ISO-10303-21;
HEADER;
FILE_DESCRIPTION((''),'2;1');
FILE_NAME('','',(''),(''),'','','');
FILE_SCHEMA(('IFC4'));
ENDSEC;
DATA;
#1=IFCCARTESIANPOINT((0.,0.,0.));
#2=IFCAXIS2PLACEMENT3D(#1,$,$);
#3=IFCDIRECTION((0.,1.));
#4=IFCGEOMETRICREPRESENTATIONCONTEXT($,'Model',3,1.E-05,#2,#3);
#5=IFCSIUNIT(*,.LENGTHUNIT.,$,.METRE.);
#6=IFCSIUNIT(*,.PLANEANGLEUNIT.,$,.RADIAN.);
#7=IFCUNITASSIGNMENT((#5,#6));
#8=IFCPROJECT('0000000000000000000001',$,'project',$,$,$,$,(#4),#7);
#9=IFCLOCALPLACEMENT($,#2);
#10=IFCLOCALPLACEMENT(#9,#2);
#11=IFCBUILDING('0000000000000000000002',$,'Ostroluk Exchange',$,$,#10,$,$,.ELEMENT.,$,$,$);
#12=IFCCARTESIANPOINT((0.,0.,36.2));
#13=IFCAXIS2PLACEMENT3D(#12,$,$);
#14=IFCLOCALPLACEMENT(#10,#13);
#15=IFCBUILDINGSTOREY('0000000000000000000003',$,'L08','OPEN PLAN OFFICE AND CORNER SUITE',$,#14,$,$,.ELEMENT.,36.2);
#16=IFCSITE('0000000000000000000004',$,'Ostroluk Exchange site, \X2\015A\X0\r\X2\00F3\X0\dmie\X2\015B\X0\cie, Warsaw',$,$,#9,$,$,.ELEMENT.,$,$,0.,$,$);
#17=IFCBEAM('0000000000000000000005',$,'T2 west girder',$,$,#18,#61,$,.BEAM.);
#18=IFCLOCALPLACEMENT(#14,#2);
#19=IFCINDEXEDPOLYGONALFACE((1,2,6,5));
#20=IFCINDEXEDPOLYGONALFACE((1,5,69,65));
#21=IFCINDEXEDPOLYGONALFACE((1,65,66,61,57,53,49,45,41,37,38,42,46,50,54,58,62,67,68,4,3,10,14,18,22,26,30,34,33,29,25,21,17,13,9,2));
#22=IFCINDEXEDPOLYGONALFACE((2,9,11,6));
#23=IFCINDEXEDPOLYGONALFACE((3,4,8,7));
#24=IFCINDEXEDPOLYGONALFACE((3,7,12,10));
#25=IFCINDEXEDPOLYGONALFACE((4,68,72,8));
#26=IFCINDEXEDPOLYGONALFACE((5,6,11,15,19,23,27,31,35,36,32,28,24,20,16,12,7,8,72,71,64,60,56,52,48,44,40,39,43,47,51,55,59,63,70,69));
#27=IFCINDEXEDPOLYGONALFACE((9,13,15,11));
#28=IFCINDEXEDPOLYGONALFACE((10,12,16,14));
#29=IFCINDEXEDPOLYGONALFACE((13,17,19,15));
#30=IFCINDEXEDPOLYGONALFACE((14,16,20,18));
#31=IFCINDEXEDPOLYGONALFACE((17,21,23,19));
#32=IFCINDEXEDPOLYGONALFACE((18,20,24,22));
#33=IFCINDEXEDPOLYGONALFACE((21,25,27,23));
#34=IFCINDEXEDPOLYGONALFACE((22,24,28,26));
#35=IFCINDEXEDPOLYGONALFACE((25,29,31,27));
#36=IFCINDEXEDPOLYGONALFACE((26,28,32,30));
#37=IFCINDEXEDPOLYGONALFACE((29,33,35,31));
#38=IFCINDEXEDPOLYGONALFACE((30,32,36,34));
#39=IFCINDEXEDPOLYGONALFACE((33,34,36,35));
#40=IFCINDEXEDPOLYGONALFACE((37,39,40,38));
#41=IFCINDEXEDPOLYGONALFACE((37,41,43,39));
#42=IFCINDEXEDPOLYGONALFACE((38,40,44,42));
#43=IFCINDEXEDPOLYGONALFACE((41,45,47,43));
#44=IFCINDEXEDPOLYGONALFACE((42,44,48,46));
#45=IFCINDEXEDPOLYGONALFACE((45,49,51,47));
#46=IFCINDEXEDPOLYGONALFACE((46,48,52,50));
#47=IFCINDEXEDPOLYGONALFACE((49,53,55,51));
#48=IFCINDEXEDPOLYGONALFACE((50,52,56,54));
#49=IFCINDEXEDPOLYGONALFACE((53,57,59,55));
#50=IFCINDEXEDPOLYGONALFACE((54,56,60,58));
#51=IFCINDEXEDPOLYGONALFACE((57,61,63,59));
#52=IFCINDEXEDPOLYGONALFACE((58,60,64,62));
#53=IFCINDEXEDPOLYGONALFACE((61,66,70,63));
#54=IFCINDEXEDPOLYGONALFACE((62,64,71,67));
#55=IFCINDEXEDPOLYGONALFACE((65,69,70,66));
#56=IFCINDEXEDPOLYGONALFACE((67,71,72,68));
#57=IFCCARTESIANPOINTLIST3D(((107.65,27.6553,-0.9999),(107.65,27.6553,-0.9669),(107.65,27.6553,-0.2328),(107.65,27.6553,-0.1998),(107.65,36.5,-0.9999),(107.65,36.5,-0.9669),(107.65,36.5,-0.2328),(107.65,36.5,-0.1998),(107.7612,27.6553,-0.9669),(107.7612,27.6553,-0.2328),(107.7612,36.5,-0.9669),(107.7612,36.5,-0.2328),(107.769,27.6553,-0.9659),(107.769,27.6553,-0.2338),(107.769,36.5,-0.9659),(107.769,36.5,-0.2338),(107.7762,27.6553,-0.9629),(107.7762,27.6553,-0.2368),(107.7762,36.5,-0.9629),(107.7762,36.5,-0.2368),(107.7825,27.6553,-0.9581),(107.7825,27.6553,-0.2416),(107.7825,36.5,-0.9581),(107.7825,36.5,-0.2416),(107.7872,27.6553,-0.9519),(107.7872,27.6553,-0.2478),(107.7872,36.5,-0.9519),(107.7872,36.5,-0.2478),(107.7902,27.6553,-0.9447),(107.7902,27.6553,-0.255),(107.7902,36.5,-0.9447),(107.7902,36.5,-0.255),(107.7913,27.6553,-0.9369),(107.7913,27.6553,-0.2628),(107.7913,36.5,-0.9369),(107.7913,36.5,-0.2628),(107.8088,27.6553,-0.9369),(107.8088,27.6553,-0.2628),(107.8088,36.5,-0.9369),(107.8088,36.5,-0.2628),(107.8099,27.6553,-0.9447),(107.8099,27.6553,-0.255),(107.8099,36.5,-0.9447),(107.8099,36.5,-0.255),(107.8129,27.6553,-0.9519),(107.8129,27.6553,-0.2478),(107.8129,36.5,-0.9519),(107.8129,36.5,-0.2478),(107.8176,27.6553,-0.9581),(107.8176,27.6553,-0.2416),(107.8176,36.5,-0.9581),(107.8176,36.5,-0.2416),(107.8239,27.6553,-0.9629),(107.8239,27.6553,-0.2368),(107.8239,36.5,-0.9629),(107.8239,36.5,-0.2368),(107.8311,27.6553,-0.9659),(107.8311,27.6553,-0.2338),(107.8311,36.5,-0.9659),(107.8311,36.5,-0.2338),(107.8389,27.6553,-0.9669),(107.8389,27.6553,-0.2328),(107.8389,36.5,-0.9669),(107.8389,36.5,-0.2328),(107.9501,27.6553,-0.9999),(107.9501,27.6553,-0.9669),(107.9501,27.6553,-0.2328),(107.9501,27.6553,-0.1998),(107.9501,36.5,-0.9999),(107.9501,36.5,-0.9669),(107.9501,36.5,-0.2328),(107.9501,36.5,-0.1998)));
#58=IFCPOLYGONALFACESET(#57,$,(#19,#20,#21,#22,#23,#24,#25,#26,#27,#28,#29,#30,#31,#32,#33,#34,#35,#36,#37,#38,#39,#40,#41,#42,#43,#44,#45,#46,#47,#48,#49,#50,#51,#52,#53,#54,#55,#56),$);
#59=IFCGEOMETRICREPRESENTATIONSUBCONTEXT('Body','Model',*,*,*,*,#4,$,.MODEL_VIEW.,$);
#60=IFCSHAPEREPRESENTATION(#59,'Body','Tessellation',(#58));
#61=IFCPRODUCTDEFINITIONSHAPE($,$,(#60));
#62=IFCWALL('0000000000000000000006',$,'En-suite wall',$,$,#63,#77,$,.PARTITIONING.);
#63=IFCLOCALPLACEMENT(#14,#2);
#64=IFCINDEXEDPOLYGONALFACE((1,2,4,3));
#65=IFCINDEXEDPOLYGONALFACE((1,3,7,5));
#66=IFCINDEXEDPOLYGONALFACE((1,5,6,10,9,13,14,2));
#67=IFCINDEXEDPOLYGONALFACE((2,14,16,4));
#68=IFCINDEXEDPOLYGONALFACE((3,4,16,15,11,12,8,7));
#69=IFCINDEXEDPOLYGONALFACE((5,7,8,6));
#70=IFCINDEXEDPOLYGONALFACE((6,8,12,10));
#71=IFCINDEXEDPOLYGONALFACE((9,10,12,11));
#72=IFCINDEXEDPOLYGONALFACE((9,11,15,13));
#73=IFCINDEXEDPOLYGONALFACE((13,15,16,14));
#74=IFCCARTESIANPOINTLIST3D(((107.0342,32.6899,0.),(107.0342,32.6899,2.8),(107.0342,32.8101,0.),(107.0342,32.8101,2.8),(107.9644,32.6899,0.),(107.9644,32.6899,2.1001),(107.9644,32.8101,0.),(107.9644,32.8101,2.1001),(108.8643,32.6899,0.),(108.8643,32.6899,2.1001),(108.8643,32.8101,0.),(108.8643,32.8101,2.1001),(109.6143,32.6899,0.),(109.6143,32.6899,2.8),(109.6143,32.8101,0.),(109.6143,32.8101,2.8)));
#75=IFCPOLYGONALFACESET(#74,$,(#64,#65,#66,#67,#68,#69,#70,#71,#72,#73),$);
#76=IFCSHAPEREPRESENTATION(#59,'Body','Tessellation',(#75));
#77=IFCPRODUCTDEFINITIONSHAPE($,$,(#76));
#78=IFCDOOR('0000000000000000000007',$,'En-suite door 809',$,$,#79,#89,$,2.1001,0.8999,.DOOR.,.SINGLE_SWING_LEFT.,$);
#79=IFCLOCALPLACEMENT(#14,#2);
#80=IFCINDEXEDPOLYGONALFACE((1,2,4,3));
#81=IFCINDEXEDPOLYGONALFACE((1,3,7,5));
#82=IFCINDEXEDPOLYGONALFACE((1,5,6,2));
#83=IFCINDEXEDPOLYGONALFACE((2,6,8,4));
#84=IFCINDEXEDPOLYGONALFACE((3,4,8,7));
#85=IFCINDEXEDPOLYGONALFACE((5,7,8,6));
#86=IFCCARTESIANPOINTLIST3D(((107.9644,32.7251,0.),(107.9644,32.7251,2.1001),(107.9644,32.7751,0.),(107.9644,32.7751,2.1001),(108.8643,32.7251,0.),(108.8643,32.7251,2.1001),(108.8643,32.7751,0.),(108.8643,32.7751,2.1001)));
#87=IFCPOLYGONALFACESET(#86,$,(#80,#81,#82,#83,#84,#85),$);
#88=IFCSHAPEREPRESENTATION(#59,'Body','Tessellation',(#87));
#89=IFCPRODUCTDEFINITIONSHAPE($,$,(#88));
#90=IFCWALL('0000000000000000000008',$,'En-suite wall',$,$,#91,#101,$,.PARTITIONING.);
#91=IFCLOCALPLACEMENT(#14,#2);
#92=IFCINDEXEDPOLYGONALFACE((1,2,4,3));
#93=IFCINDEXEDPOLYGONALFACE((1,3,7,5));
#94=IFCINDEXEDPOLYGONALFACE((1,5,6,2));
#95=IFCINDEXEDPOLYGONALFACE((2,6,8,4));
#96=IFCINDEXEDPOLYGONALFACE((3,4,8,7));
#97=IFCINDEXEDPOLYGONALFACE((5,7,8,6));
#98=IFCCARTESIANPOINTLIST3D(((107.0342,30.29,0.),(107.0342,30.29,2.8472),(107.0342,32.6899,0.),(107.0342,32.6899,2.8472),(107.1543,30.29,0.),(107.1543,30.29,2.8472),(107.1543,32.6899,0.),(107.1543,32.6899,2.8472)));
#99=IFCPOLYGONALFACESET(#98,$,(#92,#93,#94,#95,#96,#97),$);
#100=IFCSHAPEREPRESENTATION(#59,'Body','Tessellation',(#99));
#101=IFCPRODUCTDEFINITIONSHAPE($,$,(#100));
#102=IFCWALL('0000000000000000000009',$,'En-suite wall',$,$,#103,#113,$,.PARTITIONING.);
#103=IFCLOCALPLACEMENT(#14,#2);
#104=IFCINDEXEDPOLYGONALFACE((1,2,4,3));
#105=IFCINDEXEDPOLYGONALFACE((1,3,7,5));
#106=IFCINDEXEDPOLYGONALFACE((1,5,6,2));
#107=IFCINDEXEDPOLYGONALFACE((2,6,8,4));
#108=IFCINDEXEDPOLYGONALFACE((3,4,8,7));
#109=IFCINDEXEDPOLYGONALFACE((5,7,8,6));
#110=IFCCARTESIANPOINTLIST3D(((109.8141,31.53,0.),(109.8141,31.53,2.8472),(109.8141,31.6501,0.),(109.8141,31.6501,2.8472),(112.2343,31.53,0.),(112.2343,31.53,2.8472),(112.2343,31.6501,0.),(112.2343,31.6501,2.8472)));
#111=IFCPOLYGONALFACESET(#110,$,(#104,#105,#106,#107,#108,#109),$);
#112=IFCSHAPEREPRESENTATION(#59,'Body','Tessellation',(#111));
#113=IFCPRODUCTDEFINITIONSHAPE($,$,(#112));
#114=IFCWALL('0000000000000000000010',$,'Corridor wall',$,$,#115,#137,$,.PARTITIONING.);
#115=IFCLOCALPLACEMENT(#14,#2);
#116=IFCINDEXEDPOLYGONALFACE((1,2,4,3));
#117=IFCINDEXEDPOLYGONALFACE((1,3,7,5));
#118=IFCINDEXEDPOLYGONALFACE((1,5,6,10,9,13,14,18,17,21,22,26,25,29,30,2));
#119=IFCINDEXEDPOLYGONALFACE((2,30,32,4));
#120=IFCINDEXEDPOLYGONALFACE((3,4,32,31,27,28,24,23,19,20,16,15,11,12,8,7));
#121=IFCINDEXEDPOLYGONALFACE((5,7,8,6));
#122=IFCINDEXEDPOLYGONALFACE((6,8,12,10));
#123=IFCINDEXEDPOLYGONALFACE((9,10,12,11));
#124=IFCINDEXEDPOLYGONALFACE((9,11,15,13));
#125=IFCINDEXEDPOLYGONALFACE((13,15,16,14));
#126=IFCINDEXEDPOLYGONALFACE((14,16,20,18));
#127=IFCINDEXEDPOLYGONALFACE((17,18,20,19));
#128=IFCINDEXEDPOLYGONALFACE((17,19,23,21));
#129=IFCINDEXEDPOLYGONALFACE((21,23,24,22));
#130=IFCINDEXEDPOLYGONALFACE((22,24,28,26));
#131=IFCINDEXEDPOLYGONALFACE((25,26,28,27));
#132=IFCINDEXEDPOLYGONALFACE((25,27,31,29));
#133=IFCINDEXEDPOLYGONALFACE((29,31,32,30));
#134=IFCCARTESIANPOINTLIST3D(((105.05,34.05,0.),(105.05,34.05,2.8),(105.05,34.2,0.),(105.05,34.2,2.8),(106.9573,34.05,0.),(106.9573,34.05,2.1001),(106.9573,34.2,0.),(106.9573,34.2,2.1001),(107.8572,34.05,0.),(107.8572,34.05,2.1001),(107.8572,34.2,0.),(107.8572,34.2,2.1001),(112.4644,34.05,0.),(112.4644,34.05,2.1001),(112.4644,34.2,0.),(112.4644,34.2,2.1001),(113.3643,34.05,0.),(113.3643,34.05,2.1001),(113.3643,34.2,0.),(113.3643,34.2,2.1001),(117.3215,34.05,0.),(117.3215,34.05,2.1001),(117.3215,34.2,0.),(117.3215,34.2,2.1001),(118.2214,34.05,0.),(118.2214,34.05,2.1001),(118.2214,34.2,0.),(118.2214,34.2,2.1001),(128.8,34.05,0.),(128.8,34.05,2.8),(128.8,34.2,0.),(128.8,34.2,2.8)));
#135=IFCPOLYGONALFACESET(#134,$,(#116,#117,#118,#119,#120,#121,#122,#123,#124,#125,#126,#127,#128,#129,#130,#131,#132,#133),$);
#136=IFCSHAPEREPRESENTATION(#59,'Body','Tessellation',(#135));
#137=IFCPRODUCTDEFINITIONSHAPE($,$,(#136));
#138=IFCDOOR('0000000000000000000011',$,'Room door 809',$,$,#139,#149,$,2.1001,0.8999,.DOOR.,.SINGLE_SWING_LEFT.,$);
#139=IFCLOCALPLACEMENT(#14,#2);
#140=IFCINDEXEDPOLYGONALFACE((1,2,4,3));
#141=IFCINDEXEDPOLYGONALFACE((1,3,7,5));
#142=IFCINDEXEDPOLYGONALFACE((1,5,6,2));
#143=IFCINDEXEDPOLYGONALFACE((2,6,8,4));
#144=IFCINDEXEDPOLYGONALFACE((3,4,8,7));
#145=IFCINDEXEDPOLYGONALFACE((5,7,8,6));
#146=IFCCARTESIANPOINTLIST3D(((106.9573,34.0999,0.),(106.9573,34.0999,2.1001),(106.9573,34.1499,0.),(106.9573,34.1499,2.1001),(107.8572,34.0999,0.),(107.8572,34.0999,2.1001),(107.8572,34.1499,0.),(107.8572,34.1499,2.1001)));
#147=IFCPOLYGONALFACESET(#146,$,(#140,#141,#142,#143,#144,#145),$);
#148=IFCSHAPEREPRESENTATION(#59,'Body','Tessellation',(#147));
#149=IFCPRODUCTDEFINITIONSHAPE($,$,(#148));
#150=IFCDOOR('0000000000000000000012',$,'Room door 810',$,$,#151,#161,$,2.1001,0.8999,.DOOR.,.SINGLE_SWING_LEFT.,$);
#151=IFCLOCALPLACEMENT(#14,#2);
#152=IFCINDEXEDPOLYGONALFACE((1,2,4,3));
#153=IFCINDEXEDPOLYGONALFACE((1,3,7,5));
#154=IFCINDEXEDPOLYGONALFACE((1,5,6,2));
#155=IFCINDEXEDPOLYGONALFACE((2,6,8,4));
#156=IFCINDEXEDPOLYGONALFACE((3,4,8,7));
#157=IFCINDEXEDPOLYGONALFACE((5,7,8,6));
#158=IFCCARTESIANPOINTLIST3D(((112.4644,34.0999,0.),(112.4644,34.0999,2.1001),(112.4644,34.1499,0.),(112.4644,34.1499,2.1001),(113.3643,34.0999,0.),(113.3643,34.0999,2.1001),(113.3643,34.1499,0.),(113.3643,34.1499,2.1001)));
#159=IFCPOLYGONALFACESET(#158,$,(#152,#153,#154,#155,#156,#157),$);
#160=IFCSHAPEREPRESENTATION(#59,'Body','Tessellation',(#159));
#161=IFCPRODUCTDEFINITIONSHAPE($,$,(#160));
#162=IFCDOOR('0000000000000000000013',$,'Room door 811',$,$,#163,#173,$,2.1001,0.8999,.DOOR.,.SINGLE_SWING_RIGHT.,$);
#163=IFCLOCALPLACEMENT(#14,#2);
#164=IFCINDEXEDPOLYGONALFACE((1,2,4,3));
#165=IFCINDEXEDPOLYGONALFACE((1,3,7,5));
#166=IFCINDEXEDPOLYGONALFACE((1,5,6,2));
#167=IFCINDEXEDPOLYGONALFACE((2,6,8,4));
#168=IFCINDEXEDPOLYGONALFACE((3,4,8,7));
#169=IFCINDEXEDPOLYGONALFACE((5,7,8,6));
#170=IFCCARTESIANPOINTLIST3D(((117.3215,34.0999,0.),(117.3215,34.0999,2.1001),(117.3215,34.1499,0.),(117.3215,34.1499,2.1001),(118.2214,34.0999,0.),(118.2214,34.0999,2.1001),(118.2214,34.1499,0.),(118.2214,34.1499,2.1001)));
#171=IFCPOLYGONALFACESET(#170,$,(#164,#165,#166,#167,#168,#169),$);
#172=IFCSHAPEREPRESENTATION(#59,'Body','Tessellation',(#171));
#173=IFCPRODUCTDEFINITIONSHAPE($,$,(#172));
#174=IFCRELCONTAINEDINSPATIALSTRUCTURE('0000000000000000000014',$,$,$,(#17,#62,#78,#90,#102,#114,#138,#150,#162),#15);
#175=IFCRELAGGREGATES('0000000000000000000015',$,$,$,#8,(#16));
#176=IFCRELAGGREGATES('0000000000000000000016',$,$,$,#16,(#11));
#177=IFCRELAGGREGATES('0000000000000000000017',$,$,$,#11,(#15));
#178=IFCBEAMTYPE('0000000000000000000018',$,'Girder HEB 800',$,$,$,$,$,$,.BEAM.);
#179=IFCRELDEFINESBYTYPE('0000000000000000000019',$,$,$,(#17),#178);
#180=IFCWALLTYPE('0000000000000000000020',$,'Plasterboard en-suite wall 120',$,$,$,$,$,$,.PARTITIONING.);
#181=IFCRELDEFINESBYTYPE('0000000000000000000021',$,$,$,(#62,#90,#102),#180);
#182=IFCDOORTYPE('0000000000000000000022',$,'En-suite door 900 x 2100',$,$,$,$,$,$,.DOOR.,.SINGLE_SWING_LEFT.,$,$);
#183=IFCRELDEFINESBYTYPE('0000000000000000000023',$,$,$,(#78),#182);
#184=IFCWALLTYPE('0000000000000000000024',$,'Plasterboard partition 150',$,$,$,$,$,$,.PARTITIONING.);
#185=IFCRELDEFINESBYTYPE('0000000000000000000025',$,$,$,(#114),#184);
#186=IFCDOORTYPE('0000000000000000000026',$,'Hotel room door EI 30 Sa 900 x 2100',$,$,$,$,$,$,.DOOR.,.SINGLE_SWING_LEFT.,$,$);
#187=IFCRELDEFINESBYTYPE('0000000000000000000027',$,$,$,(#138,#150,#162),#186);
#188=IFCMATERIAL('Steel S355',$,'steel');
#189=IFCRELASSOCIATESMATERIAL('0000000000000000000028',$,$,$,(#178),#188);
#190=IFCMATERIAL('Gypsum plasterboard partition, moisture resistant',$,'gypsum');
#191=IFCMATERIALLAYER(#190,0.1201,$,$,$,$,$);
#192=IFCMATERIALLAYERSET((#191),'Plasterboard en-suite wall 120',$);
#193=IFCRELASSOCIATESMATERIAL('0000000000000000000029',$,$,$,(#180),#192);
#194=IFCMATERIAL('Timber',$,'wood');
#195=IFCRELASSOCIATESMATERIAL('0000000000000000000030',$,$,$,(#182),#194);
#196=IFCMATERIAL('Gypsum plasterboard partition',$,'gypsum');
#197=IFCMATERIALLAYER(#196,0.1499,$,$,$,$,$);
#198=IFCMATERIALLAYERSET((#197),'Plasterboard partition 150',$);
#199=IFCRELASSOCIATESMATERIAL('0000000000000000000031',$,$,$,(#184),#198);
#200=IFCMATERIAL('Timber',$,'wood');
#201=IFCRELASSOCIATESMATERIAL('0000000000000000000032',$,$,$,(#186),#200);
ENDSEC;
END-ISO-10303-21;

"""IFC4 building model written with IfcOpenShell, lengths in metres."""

from ifc_helpers import new_model, si_unit, direction, frame, frame_2d, origin, origin_2d, place, context, subcontext, project, spatial, rectangle, i_section, extrude, material, layer, layer_set, material_profile, profile_set, type_object, element, fill, save


model = new_model("IFC4")

# Units and contexts
model_context = context("Model", 3, precision=1e-05, world=origin(), true_north=direction((0.0, 1.0)))
body_context = subcontext(model_context, "Body", "Model", "MODEL_VIEW")
ifc_project = project(units=[si_unit("LENGTHUNIT", "METRE"), si_unit("PLANEANGLEUNIT", "RADIAN")], contexts=[model_context])

# Site, building, storey
site_placement = place(None, origin())
site = spatial("IfcSite", under=ifc_project, at=site_placement, Name="Ostroluk Exchange site, Śródmieście, Warsaw", CompositionType="ELEMENT", RefElevation=0.0)
building_placement = place(site_placement, origin())
building = spatial("IfcBuilding", under=site, at=building_placement, Name="Ostroluk Exchange", CompositionType="ELEMENT")
storey_placement = place(building_placement, frame((0.0, 0.0, 36.2)))
storey = spatial("IfcBuildingStorey", under=building, at=storey_placement, Name="L08", Description="OPEN PLAN OFFICE AND CORNER SUITE", CompositionType="ELEMENT", Elevation=36.2)

# Beam
ifc_material_1 = material(Name="Steel S355", Category="steel")
ifc_material_profile_1 = material_profile(ifc_material_1, i_section(OverallWidth=0.3, OverallDepth=0.8, WebThickness=0.0176, FlangeThickness=0.033, FilletRadius=0.03, at=origin_2d()), Name="HEB 800")
ifc_profile_set_1 = profile_set([ifc_material_profile_1], Name="Steel S355")
beam_type_1 = type_object("IfcBeamType", Name="Girder HEB 800", PredefinedType="BEAM", material=ifc_profile_set_1)
beam_1_placement = place(storey_placement, frame((107.8, 36.5, -0.5999), z_axis=(0.0, -1.0, 0.0), x_axis=(1.0, 0.0, 0.0)))
element("IfcBeam", 1, at=beam_1_placement, inside=storey, type_object=beam_type_1, Name="T2 west girder", PredefinedType="BEAM", context=body_context, shape_type="SweptSolid", body=[
    extrude(i_section(OverallWidth=0.3, OverallDepth=0.8, WebThickness=0.0176, FlangeThickness=0.033, FilletRadius=0.03, at=origin_2d()), origin(), (0.0, 0.0, 1.0), 8.8447),
])

# Wall, opening, door
ifc_material_2 = material(Name="Gypsum plasterboard partition, moisture resistant", Category="gypsum")
ifc_layer_1 = layer(ifc_material_2, 0.1201)
ifc_layer_set_1 = layer_set([ifc_layer_1], Name="Plasterboard en-suite wall 120")
wall_type_1 = type_object("IfcWallType", Name="Plasterboard en-suite wall 120", PredefinedType="PARTITIONING", material=ifc_layer_set_1)
wall_1_placement = place(storey_placement, frame((109.6143, 32.75, 0.0), z_axis=(0.0, 0.0, 1.0), x_axis=(-1.0, 0.0, 0.0)))
wall_1 = element("IfcWall", 2, at=wall_1_placement, inside=storey, type_object=wall_type_1, Name="En-suite wall", PredefinedType="PARTITIONING", context=body_context, shape_type="SweptSolid", body=[
    extrude(rectangle(XDim=2.5801, YDim=0.1201, at=frame_2d((1.29, 0.0))), origin(), (0.0, 0.0, 1.0), 2.8),
])
opening_1_placement = place(wall_1_placement, frame((0.75, 0.0, 0.0)))
opening_1 = element("IfcOpeningElement", 3, at=opening_1_placement, cuts=wall_1, PredefinedType="OPENING", context=body_context, shape_type="SweptSolid", body=[
    extrude(rectangle(XDim=0.8999, YDim=2.1001, at=frame_2d((0.45, 1.05))), frame((0.0, 0.0701, 0.0), z_axis=(0.0, -1.0, 0.0), x_axis=(1.0, 0.0, 0.0)), (0.0, 0.0, 1.0), 0.1401),
])
ifc_material_3 = material(Name="Timber", Category="wood")
door_type_1 = type_object("IfcDoorType", Name="En-suite door 900 x 2100", OperationType="SINGLE_SWING_LEFT", PredefinedType="DOOR", material=ifc_material_3)
door_1_placement = place(opening_1_placement, origin())
door_1 = element("IfcDoor", 4, at=door_1_placement, inside=storey, type_object=door_type_1, Name="En-suite door 809", OperationType="SINGLE_SWING_LEFT", OverallHeight=2.1001, OverallWidth=0.8999, PredefinedType="DOOR", context=body_context, shape_type="SweptSolid", body=[
    extrude(rectangle(XDim=0.8999, YDim=2.1001, at=frame_2d((0.45, 1.05))), frame((0.0, 0.0249, 0.0), z_axis=(0.0, -1.0, 0.0), x_axis=(1.0, 0.0, 0.0)), (0.0, 0.0, 1.0), 0.05),
])
fill(opening_1, door_1)

# Walls
wall_2_placement = place(storey_placement, frame((107.0942, 32.6899, 0.0), z_axis=(0.0, 0.0, 1.0), x_axis=(0.0, -1.0, 0.0)))
element("IfcWall", 5, at=wall_2_placement, inside=storey, type_object=wall_type_1, Name="En-suite wall", PredefinedType="PARTITIONING", context=body_context, shape_type="SweptSolid", body=[
    extrude(rectangle(XDim=2.3999, YDim=0.1201, at=frame_2d((1.2, 0.0))), origin(), (0.0, 0.0, 1.0), 2.8472),
])
wall_3_placement = place(storey_placement, frame((109.8142, 31.5901, 0.0), z_axis=(0.0, 0.0, 1.0), x_axis=(1.0, 0.0, 0.0)))
element("IfcWall", 6, at=wall_3_placement, inside=storey, type_object=wall_type_1, Name="En-suite wall", PredefinedType="PARTITIONING", context=body_context, shape_type="SweptSolid", body=[
    extrude(rectangle(XDim=2.4202, YDim=0.1201, at=frame_2d((1.21, 0.0))), origin(), (0.0, 0.0, 1.0), 2.8472),
])

# Wall, openings, doors
ifc_material_4 = material(Name="Gypsum plasterboard partition", Category="gypsum")
ifc_layer_2 = layer(ifc_material_4, 0.1499)
ifc_layer_set_2 = layer_set([ifc_layer_2], Name="Plasterboard partition 150")
wall_type_2 = type_object("IfcWallType", Name="Plasterboard partition 150", PredefinedType="PARTITIONING", material=ifc_layer_set_2)
wall_4_placement = place(storey_placement, frame((105.05, 34.125, 0.0), z_axis=(0.0, 0.0, 1.0), x_axis=(1.0, 0.0, 0.0)))
wall_4 = element("IfcWall", 7, at=wall_4_placement, inside=storey, type_object=wall_type_2, Name="Corridor wall", PredefinedType="PARTITIONING", context=body_context, shape_type="SweptSolid", body=[
    extrude(rectangle(XDim=23.75, YDim=0.1499, at=frame_2d((11.875, 0.0))), origin(), (0.0, 0.0, 1.0), 2.8),
])
opening_2_placement = place(wall_4_placement, frame((1.9072, 0.0, 0.0)))
opening_2 = element("IfcOpeningElement", 8, at=opening_2_placement, cuts=wall_4, PredefinedType="OPENING", context=body_context, shape_type="SweptSolid", body=[
    extrude(rectangle(XDim=0.8999, YDim=2.1001, at=frame_2d((0.45, 1.05))), frame((0.0, 0.085, 0.0), z_axis=(0.0, -1.0, 0.0), x_axis=(1.0, 0.0, 0.0)), (0.0, 0.0, 1.0), 0.1699),
])
opening_3_placement = place(wall_4_placement, frame((7.4143, 0.0, 0.0)))
opening_3 = element("IfcOpeningElement", 9, at=opening_3_placement, cuts=wall_4, PredefinedType="OPENING", context=body_context, shape_type="SweptSolid", body=[
    extrude(rectangle(XDim=0.8999, YDim=2.1001, at=frame_2d((0.45, 1.05))), frame((0.0, 0.085, 0.0), z_axis=(0.0, -1.0, 0.0), x_axis=(1.0, 0.0, 0.0)), (0.0, 0.0, 1.0), 0.1699),
])
opening_4_placement = place(wall_4_placement, frame((12.2715, 0.0, 0.0)))
opening_4 = element("IfcOpeningElement", 10, at=opening_4_placement, cuts=wall_4, PredefinedType="OPENING", context=body_context, shape_type="SweptSolid", body=[
    extrude(rectangle(XDim=0.8999, YDim=2.1001, at=frame_2d((0.45, 1.05))), frame((0.0, 0.085, 0.0), z_axis=(0.0, -1.0, 0.0), x_axis=(1.0, 0.0, 0.0)), (0.0, 0.0, 1.0), 0.1699),
])
ifc_material_5 = material(Name="Timber", Category="wood")
door_type_2 = type_object("IfcDoorType", Name="Hotel room door EI 30 Sa 900 x 2100", OperationType="SINGLE_SWING_LEFT", PredefinedType="DOOR", material=ifc_material_5)
door_2_placement = place(opening_2_placement, origin())
door_2 = element("IfcDoor", 11, at=door_2_placement, inside=storey, type_object=door_type_2, Name="Room door 809", OperationType="SINGLE_SWING_LEFT", OverallHeight=2.1001, OverallWidth=0.8999, PredefinedType="DOOR", context=body_context, shape_type="SweptSolid", body=[
    extrude(rectangle(XDim=0.8999, YDim=2.1001, at=frame_2d((0.45, 1.05))), frame((0.0, 0.0249, 0.0), z_axis=(0.0, -1.0, 0.0), x_axis=(1.0, 0.0, 0.0)), (0.0, 0.0, 1.0), 0.05),
])
fill(opening_2, door_2)
door_3_placement = place(opening_3_placement, origin())
door_3 = element("IfcDoor", 12, at=door_3_placement, inside=storey, type_object=door_type_2, Name="Room door 810", OperationType="SINGLE_SWING_LEFT", OverallHeight=2.1001, OverallWidth=0.8999, PredefinedType="DOOR", context=body_context, shape_type="SweptSolid", body=[
    extrude(rectangle(XDim=0.8999, YDim=2.1001, at=frame_2d((0.45, 1.05))), frame((0.0, 0.0249, 0.0), z_axis=(0.0, -1.0, 0.0), x_axis=(1.0, 0.0, 0.0)), (0.0, 0.0, 1.0), 0.05),
])
fill(opening_3, door_3)
door_4_placement = place(opening_4_placement, origin())
door_4 = element("IfcDoor", 13, at=door_4_placement, inside=storey, type_object=door_type_2, Name="Room door 811", OperationType="SINGLE_SWING_RIGHT", OverallHeight=2.1001, OverallWidth=0.8999, PredefinedType="DOOR", context=body_context, shape_type="SweptSolid", body=[
    extrude(rectangle(XDim=0.8999, YDim=2.1001, at=frame_2d((0.45, 1.05))), frame((0.0, 0.0249, 0.0), z_axis=(0.0, -1.0, 0.0), x_axis=(1.0, 0.0, 0.0)), (0.0, 0.0, 1.0), 0.05),
])
fill(opening_4, door_4)

save(model, "model.ifc")
